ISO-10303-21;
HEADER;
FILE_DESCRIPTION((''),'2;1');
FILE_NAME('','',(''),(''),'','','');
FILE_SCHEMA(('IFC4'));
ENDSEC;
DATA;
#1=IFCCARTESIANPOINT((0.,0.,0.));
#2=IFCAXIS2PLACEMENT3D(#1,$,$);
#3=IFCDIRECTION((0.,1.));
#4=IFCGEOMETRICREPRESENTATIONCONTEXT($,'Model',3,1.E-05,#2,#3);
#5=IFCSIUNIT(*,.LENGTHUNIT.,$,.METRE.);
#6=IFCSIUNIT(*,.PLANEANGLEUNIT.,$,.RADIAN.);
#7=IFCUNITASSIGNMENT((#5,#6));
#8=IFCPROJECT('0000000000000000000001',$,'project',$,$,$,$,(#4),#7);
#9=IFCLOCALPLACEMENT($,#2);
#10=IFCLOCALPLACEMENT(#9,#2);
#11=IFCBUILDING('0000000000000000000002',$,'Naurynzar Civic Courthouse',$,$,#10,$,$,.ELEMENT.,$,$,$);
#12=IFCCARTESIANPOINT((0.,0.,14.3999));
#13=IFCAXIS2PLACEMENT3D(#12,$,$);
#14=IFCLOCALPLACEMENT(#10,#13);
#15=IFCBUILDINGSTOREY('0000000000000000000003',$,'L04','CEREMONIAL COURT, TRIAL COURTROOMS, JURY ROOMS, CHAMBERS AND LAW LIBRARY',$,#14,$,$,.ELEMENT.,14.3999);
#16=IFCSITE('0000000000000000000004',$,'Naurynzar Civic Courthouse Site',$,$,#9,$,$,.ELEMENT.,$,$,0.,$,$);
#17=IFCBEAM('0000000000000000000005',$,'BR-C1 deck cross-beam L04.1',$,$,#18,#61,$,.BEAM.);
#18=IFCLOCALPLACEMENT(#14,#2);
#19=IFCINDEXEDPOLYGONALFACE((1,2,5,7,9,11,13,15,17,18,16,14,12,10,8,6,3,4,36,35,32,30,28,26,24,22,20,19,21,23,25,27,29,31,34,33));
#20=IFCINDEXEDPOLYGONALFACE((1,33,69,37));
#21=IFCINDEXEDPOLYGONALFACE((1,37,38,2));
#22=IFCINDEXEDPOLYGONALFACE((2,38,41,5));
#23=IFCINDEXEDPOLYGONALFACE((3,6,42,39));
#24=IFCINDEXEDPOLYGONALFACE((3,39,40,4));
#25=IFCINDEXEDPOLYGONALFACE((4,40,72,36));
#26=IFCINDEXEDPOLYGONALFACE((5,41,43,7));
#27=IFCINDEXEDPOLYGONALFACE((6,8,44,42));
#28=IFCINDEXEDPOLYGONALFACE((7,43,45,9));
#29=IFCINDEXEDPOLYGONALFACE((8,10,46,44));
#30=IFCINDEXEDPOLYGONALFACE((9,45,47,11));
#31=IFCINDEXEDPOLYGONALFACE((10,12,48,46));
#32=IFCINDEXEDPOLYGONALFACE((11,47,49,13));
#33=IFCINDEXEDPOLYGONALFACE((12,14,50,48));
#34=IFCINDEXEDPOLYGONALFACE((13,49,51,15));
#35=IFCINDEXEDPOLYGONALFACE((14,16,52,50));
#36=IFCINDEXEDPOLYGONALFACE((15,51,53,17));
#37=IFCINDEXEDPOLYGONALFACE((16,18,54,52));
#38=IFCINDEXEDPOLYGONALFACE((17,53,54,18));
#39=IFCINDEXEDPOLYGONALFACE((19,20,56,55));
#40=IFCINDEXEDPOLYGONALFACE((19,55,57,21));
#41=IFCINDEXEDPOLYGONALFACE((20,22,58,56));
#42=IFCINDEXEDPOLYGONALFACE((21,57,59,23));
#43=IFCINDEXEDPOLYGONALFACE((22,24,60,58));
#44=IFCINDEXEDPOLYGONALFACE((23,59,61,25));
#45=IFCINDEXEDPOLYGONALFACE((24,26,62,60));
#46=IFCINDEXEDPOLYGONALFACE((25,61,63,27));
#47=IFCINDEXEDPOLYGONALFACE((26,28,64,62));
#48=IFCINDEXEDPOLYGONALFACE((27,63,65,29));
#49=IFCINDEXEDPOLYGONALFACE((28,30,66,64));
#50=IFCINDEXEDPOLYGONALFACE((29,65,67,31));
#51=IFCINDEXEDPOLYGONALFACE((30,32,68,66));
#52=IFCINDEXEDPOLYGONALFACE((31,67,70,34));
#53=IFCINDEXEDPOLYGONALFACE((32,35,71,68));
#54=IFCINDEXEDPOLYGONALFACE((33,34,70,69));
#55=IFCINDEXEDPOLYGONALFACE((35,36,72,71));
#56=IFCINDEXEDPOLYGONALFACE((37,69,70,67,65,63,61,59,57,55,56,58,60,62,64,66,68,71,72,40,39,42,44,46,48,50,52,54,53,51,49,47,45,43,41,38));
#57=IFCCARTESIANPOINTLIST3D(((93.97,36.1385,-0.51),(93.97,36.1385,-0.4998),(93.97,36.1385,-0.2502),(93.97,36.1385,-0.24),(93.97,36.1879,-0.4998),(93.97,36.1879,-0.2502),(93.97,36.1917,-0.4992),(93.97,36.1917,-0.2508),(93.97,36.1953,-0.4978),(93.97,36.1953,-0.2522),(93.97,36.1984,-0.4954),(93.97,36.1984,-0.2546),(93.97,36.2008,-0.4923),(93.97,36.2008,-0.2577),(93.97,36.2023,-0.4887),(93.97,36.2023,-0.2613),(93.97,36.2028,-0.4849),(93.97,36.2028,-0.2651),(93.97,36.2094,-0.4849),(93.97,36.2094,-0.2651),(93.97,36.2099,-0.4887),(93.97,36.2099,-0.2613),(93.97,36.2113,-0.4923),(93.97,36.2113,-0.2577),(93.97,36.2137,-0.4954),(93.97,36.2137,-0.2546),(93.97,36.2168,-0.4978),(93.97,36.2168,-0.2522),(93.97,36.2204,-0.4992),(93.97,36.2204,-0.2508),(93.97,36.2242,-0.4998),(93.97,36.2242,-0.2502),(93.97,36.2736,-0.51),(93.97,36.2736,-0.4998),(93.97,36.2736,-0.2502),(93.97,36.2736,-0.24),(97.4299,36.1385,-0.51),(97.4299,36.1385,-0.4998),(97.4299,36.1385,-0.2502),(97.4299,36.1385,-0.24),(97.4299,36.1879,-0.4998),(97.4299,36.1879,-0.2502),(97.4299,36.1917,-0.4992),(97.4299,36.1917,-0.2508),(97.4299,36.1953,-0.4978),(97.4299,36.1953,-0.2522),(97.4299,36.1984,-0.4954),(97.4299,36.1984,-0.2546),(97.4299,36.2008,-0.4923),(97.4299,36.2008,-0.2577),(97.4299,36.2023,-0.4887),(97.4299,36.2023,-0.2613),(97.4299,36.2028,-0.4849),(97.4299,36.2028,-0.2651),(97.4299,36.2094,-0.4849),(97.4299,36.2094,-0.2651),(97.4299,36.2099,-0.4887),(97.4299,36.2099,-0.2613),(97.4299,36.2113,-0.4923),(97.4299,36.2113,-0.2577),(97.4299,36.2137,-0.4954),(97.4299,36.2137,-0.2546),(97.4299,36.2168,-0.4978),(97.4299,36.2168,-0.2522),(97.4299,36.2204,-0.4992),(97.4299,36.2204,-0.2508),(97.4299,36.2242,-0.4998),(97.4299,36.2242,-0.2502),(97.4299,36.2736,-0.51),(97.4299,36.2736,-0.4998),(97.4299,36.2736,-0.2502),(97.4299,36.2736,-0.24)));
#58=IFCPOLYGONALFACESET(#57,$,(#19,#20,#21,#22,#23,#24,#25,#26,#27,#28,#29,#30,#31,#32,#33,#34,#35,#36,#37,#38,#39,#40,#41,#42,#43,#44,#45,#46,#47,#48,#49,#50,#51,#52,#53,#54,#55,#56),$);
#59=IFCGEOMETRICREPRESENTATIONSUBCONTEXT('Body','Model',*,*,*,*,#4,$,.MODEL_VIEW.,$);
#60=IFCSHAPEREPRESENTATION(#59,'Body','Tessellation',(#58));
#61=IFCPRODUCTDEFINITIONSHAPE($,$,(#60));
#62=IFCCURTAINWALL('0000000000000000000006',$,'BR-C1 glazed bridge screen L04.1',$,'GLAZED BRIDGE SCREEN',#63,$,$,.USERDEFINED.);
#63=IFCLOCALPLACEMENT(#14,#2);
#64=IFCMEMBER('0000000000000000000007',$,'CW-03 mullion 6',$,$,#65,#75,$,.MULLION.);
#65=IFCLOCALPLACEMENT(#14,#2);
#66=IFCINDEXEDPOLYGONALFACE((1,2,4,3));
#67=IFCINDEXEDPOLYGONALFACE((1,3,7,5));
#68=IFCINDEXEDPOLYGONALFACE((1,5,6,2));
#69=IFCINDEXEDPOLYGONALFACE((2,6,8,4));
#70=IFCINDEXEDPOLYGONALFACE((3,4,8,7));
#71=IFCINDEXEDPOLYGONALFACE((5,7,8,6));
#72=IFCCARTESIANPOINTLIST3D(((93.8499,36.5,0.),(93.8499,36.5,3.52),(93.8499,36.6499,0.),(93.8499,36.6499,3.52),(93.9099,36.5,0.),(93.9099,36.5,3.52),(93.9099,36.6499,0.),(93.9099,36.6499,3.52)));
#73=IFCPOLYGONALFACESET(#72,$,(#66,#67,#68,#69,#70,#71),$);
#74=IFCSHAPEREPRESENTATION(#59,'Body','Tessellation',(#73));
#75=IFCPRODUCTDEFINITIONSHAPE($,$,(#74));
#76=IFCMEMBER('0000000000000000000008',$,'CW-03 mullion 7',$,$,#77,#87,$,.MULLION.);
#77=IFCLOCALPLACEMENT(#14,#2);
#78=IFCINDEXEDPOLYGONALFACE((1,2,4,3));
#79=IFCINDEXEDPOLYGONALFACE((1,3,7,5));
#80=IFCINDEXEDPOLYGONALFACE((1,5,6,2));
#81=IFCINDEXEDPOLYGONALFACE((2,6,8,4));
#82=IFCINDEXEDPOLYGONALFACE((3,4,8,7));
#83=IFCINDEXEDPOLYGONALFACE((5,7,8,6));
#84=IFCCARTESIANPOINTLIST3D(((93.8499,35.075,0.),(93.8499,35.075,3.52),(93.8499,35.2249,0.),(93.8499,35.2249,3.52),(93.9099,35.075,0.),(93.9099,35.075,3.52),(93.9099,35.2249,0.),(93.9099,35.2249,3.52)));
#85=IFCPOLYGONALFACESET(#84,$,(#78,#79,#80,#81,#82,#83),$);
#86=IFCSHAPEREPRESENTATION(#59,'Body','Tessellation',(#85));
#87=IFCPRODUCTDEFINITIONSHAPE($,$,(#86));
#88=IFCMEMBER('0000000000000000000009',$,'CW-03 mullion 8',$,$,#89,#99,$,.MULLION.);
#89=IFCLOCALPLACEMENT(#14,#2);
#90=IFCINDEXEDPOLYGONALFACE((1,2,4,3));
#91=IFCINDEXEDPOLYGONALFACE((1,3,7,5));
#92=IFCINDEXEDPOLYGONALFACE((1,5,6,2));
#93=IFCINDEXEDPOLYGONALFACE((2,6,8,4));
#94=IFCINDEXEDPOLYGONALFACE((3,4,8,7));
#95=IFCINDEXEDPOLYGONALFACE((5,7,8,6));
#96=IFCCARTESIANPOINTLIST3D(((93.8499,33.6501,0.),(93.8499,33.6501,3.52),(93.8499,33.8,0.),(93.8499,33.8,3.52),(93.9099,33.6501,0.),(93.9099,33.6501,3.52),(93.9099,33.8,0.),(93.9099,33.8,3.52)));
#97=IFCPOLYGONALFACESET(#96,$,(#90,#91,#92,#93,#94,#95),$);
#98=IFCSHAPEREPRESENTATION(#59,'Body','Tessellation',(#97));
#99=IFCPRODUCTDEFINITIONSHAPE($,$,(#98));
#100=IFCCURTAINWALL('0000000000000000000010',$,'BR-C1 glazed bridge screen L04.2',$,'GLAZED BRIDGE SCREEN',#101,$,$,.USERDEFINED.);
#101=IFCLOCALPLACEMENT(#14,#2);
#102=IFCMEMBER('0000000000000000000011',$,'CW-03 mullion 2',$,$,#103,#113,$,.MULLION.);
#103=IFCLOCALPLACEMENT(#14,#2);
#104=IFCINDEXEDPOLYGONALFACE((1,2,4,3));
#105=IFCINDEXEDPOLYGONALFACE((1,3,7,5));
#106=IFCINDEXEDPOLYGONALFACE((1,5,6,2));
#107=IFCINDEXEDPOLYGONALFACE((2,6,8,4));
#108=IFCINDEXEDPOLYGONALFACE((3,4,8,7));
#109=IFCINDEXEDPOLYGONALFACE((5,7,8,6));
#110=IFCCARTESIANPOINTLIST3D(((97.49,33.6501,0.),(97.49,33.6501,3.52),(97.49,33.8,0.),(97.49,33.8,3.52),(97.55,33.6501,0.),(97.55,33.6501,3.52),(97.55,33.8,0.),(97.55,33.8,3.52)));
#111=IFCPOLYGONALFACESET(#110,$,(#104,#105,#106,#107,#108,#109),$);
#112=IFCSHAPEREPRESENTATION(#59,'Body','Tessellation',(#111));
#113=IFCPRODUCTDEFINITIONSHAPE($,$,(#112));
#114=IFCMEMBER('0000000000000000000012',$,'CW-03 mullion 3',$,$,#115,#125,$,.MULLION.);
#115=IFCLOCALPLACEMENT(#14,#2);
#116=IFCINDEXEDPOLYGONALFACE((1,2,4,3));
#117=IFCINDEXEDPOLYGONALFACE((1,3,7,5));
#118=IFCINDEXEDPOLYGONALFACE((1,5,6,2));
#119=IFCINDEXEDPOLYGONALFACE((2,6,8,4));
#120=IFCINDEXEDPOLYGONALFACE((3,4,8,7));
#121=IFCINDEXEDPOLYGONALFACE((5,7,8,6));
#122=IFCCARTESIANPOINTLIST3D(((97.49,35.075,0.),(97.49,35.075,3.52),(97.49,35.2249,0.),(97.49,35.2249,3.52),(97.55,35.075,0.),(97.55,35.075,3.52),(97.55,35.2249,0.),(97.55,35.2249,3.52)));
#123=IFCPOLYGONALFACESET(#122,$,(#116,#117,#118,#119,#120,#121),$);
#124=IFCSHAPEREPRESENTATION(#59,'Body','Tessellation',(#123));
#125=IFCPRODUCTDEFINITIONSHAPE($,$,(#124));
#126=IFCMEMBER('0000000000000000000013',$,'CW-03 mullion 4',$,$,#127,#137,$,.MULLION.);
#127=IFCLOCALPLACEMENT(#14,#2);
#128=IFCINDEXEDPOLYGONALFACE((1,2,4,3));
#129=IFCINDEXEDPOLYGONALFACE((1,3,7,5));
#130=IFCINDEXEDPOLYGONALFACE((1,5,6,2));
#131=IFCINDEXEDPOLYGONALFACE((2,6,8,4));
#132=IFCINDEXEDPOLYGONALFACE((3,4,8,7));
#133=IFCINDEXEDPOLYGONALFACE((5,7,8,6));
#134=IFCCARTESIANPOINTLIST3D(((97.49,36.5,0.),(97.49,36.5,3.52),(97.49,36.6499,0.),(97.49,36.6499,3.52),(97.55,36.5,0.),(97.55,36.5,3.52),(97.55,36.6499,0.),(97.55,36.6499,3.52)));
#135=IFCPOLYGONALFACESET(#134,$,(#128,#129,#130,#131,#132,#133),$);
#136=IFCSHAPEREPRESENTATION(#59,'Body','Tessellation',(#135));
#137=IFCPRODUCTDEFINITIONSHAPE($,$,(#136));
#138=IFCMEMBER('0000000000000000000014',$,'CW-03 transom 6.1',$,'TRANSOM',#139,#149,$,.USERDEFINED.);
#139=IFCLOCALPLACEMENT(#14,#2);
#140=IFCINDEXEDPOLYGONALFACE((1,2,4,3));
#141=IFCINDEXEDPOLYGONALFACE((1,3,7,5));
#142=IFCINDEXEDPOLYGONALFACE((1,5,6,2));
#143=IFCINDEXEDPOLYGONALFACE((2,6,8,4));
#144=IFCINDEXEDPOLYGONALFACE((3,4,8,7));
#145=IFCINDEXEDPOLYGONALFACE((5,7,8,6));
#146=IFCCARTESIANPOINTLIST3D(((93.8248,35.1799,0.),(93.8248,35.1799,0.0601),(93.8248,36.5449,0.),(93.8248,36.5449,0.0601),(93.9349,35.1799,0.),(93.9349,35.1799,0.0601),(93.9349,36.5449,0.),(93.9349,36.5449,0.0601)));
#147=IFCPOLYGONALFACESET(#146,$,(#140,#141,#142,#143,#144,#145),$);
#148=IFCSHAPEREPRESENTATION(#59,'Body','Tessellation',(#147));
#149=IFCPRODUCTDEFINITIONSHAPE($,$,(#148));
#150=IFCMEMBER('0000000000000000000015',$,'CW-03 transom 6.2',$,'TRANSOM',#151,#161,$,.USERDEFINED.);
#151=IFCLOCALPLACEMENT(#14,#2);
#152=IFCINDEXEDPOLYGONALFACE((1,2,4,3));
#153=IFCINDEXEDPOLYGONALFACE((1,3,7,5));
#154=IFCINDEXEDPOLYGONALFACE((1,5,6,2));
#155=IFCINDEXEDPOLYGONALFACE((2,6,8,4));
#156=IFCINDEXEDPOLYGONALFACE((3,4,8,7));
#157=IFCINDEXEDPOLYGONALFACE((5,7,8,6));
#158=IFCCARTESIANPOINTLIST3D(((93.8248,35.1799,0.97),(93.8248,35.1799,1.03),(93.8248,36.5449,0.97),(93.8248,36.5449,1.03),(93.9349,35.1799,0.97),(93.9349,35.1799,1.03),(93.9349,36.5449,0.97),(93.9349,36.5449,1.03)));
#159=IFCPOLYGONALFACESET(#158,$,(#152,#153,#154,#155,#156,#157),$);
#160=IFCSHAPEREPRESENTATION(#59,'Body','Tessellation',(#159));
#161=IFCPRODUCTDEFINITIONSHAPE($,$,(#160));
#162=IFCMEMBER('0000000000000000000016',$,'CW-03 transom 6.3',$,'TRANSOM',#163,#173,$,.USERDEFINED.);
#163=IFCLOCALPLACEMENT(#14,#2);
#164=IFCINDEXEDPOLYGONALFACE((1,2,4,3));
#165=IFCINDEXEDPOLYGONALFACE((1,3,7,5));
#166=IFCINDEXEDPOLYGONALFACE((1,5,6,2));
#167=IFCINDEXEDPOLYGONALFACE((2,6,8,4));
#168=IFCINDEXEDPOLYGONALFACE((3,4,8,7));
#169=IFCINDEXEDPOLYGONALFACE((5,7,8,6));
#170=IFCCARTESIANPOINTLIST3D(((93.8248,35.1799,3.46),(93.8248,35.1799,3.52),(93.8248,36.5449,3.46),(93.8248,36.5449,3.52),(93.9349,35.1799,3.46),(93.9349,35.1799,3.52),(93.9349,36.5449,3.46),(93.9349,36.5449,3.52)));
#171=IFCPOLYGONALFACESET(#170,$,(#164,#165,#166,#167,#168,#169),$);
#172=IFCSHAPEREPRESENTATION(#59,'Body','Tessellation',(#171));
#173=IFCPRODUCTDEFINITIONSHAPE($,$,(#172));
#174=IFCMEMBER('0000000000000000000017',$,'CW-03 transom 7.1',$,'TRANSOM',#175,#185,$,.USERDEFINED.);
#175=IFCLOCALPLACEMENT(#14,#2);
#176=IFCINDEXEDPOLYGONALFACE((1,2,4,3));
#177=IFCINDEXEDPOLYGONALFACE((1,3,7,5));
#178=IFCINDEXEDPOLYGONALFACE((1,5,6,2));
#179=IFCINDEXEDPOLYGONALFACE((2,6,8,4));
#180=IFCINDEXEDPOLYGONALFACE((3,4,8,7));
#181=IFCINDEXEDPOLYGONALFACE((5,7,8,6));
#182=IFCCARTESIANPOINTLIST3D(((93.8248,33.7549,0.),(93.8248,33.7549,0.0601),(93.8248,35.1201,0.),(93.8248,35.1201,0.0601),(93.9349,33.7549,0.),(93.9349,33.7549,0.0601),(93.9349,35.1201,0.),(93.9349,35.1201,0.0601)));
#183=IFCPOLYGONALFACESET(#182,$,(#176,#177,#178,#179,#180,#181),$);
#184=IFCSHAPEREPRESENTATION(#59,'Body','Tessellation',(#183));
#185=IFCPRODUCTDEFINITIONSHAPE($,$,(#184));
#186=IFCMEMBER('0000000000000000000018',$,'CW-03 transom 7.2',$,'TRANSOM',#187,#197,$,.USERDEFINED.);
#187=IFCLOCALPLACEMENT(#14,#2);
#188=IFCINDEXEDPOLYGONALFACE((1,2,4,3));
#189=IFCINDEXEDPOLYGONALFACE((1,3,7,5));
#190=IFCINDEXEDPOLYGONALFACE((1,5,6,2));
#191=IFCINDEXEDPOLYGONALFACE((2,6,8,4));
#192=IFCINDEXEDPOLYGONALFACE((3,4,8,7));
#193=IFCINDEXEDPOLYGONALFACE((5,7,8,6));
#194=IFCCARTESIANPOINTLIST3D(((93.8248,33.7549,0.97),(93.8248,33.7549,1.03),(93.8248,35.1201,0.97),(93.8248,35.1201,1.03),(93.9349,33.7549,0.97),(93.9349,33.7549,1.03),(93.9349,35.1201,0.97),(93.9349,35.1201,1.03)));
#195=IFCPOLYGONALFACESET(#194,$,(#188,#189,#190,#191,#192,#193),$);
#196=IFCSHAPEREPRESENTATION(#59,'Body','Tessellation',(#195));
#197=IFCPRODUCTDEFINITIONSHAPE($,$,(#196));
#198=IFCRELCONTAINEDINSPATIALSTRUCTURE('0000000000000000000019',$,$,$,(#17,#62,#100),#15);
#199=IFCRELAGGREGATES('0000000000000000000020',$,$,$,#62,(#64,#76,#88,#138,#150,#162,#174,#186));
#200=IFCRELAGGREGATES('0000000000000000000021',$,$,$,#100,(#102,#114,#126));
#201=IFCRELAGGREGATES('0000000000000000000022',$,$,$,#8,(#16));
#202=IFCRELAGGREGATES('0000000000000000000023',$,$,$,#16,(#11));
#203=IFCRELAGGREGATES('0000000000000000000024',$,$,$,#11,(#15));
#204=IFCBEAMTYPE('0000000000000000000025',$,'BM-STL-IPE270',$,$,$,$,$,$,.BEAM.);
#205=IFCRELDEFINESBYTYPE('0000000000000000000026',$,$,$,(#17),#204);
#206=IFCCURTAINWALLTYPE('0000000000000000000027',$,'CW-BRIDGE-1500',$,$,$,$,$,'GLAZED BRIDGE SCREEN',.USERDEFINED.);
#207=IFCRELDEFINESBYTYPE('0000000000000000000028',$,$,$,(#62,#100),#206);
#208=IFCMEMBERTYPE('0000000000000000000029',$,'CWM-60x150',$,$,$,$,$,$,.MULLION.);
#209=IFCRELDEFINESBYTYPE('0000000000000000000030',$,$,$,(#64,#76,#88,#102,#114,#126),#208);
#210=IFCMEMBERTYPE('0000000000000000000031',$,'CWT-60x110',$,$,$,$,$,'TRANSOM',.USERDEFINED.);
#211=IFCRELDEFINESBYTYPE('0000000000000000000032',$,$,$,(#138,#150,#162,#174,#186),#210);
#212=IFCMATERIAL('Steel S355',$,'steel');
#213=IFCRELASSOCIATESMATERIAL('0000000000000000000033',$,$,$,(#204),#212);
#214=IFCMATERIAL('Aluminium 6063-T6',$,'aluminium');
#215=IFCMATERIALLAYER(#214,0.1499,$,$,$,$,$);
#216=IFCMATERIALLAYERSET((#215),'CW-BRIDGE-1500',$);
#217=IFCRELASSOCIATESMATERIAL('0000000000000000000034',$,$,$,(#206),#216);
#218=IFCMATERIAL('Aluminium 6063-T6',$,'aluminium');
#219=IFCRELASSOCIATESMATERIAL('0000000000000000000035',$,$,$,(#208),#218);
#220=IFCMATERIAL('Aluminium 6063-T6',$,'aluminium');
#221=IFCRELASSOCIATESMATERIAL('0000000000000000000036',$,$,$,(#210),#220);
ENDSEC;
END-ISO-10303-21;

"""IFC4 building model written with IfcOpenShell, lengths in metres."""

from ifc_helpers import new_model, si_unit, direction, frame, origin, origin_2d, place, context, subcontext, project, spatial, rectangle, i_section, extrude, material, layer, layer_set, material_profile, profile_set, type_object, element, aggregate, save


model = new_model("IFC4")

# Units and contexts
model_context = context("Model", 3, precision=1e-05, world=origin(), true_north=direction((0.0, 1.0)))
body_context = subcontext(model_context, "Body", "Model", "MODEL_VIEW")
ifc_project = project(units=[si_unit("LENGTHUNIT", "METRE"), si_unit("PLANEANGLEUNIT", "RADIAN")], contexts=[model_context])

# Site, building, storey
site_placement = place(None, origin())
site = spatial("IfcSite", under=ifc_project, at=site_placement, Name="Naurynzar Civic Courthouse Site", CompositionType="ELEMENT", RefElevation=0.0)
building_placement = place(site_placement, origin())
building = spatial("IfcBuilding", under=site, at=building_placement, Name="Naurynzar Civic Courthouse", CompositionType="ELEMENT")
storey_placement = place(building_placement, frame((0.0, 0.0, 14.3999)))
storey = spatial("IfcBuildingStorey", under=building, at=storey_placement, Name="L04", Description="CEREMONIAL COURT, TRIAL COURTROOMS, JURY ROOMS, CHAMBERS AND LAW LIBRARY", CompositionType="ELEMENT", Elevation=14.3999)

# Beam
ifc_material_1 = material(Name="Steel S355", Category="steel")
ifc_material_profile_1 = material_profile(ifc_material_1, i_section(OverallWidth=0.135, OverallDepth=0.27, WebThickness=0.0066, FlangeThickness=0.0103, FilletRadius=0.0149, at=origin_2d()), Name="IPE 270")
ifc_profile_set_1 = profile_set([ifc_material_profile_1], Name="Steel S355")
beam_type = type_object("IfcBeamType", Name="BM-STL-IPE270", PredefinedType="BEAM", material=ifc_profile_set_1)
beam_placement = place(storey_placement, frame((93.97, 36.2061, -0.375), z_axis=(1.0, 0.0, 0.0), x_axis=(0.0, 1.0, 0.0)))
element("IfcBeam", 1, at=beam_placement, inside=storey, type_object=beam_type, Name="BR-C1 deck cross-beam L04.1", PredefinedType="BEAM", context=body_context, shape_type="SweptSolid", body=[
    extrude(i_section(OverallWidth=0.135, OverallDepth=0.27, WebThickness=0.0066, FlangeThickness=0.0103, FilletRadius=0.0149, at=origin_2d()), origin(), (0.0, 0.0, 1.0), 3.46),
])

# Curtain walls, members
ifc_material_2 = material(Name="Aluminium 6063-T6", Category="aluminium")
ifc_layer_1 = layer(ifc_material_2, 0.1499)
ifc_layer_set_1 = layer_set([ifc_layer_1], Name="CW-BRIDGE-1500")
curtain_wall_type = type_object("IfcCurtainWallType", Name="CW-BRIDGE-1500", ElementType="GLAZED BRIDGE SCREEN", PredefinedType="USERDEFINED", material=ifc_layer_set_1)
curtain_wall_1_placement = place(storey_placement, origin())
curtain_wall_1 = element("IfcCurtainWall", 2, at=curtain_wall_1_placement, inside=storey, type_object=curtain_wall_type, Name="BR-C1 glazed bridge screen L04.1", ObjectType="GLAZED BRIDGE SCREEN", PredefinedType="USERDEFINED")
ifc_material_3 = material(Name="Aluminium 6063-T6", Category="aluminium")
ifc_material_profile_2 = material_profile(ifc_material_3, rectangle(XDim=0.0601, YDim=0.1499, at=origin_2d()), Name="ALU MULLION 60x150")
ifc_profile_set_2 = profile_set([ifc_material_profile_2], Name="Aluminium 6063-T6")
member_type_1 = type_object("IfcMemberType", Name="CWM-60x150", PredefinedType="MULLION", material=ifc_profile_set_2)
member_1_placement = place(storey_placement, frame((93.8799, 36.575, 0.0), z_axis=(0.0, 0.0, 1.0), x_axis=(1.0, 0.0, 0.0)))
member_1 = element("IfcMember", 3, at=member_1_placement, type_object=member_type_1, Name="CW-03 mullion 6", PredefinedType="MULLION", context=body_context, shape_type="SweptSolid", body=[
    extrude(rectangle(XDim=0.0601, YDim=0.1499, at=origin_2d()), origin(), (0.0, 0.0, 1.0), 3.52),
])
member_2_placement = place(storey_placement, frame((93.8799, 35.1499, 0.0), z_axis=(0.0, 0.0, 1.0), x_axis=(1.0, 0.0, 0.0)))
member_2 = element("IfcMember", 4, at=member_2_placement, type_object=member_type_1, Name="CW-03 mullion 7", PredefinedType="MULLION", context=body_context, shape_type="SweptSolid", body=[
    extrude(rectangle(XDim=0.0601, YDim=0.1499, at=origin_2d()), origin(), (0.0, 0.0, 1.0), 3.52),
])
member_3_placement = place(storey_placement, frame((93.8799, 33.7251, 0.0), z_axis=(0.0, 0.0, 1.0), x_axis=(1.0, 0.0, 0.0)))
member_3 = element("IfcMember", 5, at=member_3_placement, type_object=member_type_1, Name="CW-03 mullion 8", PredefinedType="MULLION", context=body_context, shape_type="SweptSolid", body=[
    extrude(rectangle(XDim=0.0601, YDim=0.1499, at=origin_2d()), origin(), (0.0, 0.0, 1.0), 3.52),
])
curtain_wall_2_placement = place(storey_placement, origin())
curtain_wall_2 = element("IfcCurtainWall", 6, at=curtain_wall_2_placement, inside=storey, type_object=curtain_wall_type, Name="BR-C1 glazed bridge screen L04.2", ObjectType="GLAZED BRIDGE SCREEN", PredefinedType="USERDEFINED")
member_4_placement = place(storey_placement, frame((97.52, 33.7251, 0.0), z_axis=(0.0, 0.0, 1.0), x_axis=(-1.0, 0.0, 0.0)))
member_4 = element("IfcMember", 7, at=member_4_placement, type_object=member_type_1, Name="CW-03 mullion 2", PredefinedType="MULLION", context=body_context, shape_type="SweptSolid", body=[
    extrude(rectangle(XDim=0.0601, YDim=0.1499, at=origin_2d()), origin(), (0.0, 0.0, 1.0), 3.52),
])
member_5_placement = place(storey_placement, frame((97.52, 35.1499, 0.0), z_axis=(0.0, 0.0, 1.0), x_axis=(-1.0, 0.0, 0.0)))
member_5 = element("IfcMember", 8, at=member_5_placement, type_object=member_type_1, Name="CW-03 mullion 3", PredefinedType="MULLION", context=body_context, shape_type="SweptSolid", body=[
    extrude(rectangle(XDim=0.0601, YDim=0.1499, at=origin_2d()), origin(), (0.0, 0.0, 1.0), 3.52),
])
member_6_placement = place(storey_placement, frame((97.52, 36.575, 0.0), z_axis=(0.0, 0.0, 1.0), x_axis=(-1.0, 0.0, 0.0)))
member_6 = element("IfcMember", 9, at=member_6_placement, type_object=member_type_1, Name="CW-03 mullion 4", PredefinedType="MULLION", context=body_context, shape_type="SweptSolid", body=[
    extrude(rectangle(XDim=0.0601, YDim=0.1499, at=origin_2d()), origin(), (0.0, 0.0, 1.0), 3.52),
])

# Members
ifc_material_4 = material(Name="Aluminium 6063-T6", Category="aluminium")
ifc_material_profile_3 = material_profile(ifc_material_4, rectangle(XDim=0.1101, YDim=0.0601, at=origin_2d()), Name="ALU TRANSOM 60x110")
ifc_profile_set_3 = profile_set([ifc_material_profile_3], Name="Aluminium 6063-T6")
member_type_2 = type_object("IfcMemberType", Name="CWT-60x110", ElementType="TRANSOM", PredefinedType="USERDEFINED", material=ifc_profile_set_3)
member_7_placement = place(storey_placement, frame((93.8799, 36.5449, 0.03), z_axis=(0.0, -1.0, 0.0), x_axis=(1.0, 0.0, 0.0)))
member_7 = element("IfcMember", 10, at=member_7_placement, type_object=member_type_2, Name="CW-03 transom 6.1", ObjectType="TRANSOM", PredefinedType="USERDEFINED", context=body_context, shape_type="SweptSolid", body=[
    extrude(rectangle(XDim=0.1101, YDim=0.0601, at=origin_2d()), origin(), (0.0, 0.0, 1.0), 1.365),
])
member_8_placement = place(storey_placement, frame((93.8799, 36.5449, 1.0), z_axis=(0.0, -1.0, 0.0), x_axis=(1.0, 0.0, 0.0)))
member_8 = element("IfcMember", 11, at=member_8_placement, type_object=member_type_2, Name="CW-03 transom 6.2", ObjectType="TRANSOM", PredefinedType="USERDEFINED", context=body_context, shape_type="SweptSolid", body=[
    extrude(rectangle(XDim=0.1101, YDim=0.0601, at=origin_2d()), origin(), (0.0, 0.0, 1.0), 1.365),
])
member_9_placement = place(storey_placement, frame((93.8799, 36.5449, 3.49), z_axis=(0.0, -1.0, 0.0), x_axis=(1.0, 0.0, 0.0)))
member_9 = element("IfcMember", 12, at=member_9_placement, type_object=member_type_2, Name="CW-03 transom 6.3", ObjectType="TRANSOM", PredefinedType="USERDEFINED", context=body_context, shape_type="SweptSolid", body=[
    extrude(rectangle(XDim=0.1101, YDim=0.0601, at=origin_2d()), origin(), (0.0, 0.0, 1.0), 1.365),
])
member_10_placement = place(storey_placement, frame((93.8799, 35.1201, 0.03), z_axis=(0.0, -1.0, 0.0), x_axis=(1.0, 0.0, 0.0)))
member_10 = element("IfcMember", 13, at=member_10_placement, type_object=member_type_2, Name="CW-03 transom 7.1", ObjectType="TRANSOM", PredefinedType="USERDEFINED", context=body_context, shape_type="SweptSolid", body=[
    extrude(rectangle(XDim=0.1101, YDim=0.0601, at=origin_2d()), origin(), (0.0, 0.0, 1.0), 1.3652),
])
member_11_placement = place(storey_placement, frame((93.8799, 35.1201, 1.0), z_axis=(0.0, -1.0, 0.0), x_axis=(1.0, 0.0, 0.0)))
member_11 = element("IfcMember", 14, at=member_11_placement, type_object=member_type_2, Name="CW-03 transom 7.2", ObjectType="TRANSOM", PredefinedType="USERDEFINED", context=body_context, shape_type="SweptSolid", body=[
    extrude(rectangle(XDim=0.1101, YDim=0.0601, at=origin_2d()), origin(), (0.0, 0.0, 1.0), 1.3652),
])

aggregate(curtain_wall_1, [member_1, member_2, member_3, member_7, member_8, member_9, member_10, member_11])
aggregate(curtain_wall_2, [member_4, member_5, member_6])

save(model, "model.ifc")
